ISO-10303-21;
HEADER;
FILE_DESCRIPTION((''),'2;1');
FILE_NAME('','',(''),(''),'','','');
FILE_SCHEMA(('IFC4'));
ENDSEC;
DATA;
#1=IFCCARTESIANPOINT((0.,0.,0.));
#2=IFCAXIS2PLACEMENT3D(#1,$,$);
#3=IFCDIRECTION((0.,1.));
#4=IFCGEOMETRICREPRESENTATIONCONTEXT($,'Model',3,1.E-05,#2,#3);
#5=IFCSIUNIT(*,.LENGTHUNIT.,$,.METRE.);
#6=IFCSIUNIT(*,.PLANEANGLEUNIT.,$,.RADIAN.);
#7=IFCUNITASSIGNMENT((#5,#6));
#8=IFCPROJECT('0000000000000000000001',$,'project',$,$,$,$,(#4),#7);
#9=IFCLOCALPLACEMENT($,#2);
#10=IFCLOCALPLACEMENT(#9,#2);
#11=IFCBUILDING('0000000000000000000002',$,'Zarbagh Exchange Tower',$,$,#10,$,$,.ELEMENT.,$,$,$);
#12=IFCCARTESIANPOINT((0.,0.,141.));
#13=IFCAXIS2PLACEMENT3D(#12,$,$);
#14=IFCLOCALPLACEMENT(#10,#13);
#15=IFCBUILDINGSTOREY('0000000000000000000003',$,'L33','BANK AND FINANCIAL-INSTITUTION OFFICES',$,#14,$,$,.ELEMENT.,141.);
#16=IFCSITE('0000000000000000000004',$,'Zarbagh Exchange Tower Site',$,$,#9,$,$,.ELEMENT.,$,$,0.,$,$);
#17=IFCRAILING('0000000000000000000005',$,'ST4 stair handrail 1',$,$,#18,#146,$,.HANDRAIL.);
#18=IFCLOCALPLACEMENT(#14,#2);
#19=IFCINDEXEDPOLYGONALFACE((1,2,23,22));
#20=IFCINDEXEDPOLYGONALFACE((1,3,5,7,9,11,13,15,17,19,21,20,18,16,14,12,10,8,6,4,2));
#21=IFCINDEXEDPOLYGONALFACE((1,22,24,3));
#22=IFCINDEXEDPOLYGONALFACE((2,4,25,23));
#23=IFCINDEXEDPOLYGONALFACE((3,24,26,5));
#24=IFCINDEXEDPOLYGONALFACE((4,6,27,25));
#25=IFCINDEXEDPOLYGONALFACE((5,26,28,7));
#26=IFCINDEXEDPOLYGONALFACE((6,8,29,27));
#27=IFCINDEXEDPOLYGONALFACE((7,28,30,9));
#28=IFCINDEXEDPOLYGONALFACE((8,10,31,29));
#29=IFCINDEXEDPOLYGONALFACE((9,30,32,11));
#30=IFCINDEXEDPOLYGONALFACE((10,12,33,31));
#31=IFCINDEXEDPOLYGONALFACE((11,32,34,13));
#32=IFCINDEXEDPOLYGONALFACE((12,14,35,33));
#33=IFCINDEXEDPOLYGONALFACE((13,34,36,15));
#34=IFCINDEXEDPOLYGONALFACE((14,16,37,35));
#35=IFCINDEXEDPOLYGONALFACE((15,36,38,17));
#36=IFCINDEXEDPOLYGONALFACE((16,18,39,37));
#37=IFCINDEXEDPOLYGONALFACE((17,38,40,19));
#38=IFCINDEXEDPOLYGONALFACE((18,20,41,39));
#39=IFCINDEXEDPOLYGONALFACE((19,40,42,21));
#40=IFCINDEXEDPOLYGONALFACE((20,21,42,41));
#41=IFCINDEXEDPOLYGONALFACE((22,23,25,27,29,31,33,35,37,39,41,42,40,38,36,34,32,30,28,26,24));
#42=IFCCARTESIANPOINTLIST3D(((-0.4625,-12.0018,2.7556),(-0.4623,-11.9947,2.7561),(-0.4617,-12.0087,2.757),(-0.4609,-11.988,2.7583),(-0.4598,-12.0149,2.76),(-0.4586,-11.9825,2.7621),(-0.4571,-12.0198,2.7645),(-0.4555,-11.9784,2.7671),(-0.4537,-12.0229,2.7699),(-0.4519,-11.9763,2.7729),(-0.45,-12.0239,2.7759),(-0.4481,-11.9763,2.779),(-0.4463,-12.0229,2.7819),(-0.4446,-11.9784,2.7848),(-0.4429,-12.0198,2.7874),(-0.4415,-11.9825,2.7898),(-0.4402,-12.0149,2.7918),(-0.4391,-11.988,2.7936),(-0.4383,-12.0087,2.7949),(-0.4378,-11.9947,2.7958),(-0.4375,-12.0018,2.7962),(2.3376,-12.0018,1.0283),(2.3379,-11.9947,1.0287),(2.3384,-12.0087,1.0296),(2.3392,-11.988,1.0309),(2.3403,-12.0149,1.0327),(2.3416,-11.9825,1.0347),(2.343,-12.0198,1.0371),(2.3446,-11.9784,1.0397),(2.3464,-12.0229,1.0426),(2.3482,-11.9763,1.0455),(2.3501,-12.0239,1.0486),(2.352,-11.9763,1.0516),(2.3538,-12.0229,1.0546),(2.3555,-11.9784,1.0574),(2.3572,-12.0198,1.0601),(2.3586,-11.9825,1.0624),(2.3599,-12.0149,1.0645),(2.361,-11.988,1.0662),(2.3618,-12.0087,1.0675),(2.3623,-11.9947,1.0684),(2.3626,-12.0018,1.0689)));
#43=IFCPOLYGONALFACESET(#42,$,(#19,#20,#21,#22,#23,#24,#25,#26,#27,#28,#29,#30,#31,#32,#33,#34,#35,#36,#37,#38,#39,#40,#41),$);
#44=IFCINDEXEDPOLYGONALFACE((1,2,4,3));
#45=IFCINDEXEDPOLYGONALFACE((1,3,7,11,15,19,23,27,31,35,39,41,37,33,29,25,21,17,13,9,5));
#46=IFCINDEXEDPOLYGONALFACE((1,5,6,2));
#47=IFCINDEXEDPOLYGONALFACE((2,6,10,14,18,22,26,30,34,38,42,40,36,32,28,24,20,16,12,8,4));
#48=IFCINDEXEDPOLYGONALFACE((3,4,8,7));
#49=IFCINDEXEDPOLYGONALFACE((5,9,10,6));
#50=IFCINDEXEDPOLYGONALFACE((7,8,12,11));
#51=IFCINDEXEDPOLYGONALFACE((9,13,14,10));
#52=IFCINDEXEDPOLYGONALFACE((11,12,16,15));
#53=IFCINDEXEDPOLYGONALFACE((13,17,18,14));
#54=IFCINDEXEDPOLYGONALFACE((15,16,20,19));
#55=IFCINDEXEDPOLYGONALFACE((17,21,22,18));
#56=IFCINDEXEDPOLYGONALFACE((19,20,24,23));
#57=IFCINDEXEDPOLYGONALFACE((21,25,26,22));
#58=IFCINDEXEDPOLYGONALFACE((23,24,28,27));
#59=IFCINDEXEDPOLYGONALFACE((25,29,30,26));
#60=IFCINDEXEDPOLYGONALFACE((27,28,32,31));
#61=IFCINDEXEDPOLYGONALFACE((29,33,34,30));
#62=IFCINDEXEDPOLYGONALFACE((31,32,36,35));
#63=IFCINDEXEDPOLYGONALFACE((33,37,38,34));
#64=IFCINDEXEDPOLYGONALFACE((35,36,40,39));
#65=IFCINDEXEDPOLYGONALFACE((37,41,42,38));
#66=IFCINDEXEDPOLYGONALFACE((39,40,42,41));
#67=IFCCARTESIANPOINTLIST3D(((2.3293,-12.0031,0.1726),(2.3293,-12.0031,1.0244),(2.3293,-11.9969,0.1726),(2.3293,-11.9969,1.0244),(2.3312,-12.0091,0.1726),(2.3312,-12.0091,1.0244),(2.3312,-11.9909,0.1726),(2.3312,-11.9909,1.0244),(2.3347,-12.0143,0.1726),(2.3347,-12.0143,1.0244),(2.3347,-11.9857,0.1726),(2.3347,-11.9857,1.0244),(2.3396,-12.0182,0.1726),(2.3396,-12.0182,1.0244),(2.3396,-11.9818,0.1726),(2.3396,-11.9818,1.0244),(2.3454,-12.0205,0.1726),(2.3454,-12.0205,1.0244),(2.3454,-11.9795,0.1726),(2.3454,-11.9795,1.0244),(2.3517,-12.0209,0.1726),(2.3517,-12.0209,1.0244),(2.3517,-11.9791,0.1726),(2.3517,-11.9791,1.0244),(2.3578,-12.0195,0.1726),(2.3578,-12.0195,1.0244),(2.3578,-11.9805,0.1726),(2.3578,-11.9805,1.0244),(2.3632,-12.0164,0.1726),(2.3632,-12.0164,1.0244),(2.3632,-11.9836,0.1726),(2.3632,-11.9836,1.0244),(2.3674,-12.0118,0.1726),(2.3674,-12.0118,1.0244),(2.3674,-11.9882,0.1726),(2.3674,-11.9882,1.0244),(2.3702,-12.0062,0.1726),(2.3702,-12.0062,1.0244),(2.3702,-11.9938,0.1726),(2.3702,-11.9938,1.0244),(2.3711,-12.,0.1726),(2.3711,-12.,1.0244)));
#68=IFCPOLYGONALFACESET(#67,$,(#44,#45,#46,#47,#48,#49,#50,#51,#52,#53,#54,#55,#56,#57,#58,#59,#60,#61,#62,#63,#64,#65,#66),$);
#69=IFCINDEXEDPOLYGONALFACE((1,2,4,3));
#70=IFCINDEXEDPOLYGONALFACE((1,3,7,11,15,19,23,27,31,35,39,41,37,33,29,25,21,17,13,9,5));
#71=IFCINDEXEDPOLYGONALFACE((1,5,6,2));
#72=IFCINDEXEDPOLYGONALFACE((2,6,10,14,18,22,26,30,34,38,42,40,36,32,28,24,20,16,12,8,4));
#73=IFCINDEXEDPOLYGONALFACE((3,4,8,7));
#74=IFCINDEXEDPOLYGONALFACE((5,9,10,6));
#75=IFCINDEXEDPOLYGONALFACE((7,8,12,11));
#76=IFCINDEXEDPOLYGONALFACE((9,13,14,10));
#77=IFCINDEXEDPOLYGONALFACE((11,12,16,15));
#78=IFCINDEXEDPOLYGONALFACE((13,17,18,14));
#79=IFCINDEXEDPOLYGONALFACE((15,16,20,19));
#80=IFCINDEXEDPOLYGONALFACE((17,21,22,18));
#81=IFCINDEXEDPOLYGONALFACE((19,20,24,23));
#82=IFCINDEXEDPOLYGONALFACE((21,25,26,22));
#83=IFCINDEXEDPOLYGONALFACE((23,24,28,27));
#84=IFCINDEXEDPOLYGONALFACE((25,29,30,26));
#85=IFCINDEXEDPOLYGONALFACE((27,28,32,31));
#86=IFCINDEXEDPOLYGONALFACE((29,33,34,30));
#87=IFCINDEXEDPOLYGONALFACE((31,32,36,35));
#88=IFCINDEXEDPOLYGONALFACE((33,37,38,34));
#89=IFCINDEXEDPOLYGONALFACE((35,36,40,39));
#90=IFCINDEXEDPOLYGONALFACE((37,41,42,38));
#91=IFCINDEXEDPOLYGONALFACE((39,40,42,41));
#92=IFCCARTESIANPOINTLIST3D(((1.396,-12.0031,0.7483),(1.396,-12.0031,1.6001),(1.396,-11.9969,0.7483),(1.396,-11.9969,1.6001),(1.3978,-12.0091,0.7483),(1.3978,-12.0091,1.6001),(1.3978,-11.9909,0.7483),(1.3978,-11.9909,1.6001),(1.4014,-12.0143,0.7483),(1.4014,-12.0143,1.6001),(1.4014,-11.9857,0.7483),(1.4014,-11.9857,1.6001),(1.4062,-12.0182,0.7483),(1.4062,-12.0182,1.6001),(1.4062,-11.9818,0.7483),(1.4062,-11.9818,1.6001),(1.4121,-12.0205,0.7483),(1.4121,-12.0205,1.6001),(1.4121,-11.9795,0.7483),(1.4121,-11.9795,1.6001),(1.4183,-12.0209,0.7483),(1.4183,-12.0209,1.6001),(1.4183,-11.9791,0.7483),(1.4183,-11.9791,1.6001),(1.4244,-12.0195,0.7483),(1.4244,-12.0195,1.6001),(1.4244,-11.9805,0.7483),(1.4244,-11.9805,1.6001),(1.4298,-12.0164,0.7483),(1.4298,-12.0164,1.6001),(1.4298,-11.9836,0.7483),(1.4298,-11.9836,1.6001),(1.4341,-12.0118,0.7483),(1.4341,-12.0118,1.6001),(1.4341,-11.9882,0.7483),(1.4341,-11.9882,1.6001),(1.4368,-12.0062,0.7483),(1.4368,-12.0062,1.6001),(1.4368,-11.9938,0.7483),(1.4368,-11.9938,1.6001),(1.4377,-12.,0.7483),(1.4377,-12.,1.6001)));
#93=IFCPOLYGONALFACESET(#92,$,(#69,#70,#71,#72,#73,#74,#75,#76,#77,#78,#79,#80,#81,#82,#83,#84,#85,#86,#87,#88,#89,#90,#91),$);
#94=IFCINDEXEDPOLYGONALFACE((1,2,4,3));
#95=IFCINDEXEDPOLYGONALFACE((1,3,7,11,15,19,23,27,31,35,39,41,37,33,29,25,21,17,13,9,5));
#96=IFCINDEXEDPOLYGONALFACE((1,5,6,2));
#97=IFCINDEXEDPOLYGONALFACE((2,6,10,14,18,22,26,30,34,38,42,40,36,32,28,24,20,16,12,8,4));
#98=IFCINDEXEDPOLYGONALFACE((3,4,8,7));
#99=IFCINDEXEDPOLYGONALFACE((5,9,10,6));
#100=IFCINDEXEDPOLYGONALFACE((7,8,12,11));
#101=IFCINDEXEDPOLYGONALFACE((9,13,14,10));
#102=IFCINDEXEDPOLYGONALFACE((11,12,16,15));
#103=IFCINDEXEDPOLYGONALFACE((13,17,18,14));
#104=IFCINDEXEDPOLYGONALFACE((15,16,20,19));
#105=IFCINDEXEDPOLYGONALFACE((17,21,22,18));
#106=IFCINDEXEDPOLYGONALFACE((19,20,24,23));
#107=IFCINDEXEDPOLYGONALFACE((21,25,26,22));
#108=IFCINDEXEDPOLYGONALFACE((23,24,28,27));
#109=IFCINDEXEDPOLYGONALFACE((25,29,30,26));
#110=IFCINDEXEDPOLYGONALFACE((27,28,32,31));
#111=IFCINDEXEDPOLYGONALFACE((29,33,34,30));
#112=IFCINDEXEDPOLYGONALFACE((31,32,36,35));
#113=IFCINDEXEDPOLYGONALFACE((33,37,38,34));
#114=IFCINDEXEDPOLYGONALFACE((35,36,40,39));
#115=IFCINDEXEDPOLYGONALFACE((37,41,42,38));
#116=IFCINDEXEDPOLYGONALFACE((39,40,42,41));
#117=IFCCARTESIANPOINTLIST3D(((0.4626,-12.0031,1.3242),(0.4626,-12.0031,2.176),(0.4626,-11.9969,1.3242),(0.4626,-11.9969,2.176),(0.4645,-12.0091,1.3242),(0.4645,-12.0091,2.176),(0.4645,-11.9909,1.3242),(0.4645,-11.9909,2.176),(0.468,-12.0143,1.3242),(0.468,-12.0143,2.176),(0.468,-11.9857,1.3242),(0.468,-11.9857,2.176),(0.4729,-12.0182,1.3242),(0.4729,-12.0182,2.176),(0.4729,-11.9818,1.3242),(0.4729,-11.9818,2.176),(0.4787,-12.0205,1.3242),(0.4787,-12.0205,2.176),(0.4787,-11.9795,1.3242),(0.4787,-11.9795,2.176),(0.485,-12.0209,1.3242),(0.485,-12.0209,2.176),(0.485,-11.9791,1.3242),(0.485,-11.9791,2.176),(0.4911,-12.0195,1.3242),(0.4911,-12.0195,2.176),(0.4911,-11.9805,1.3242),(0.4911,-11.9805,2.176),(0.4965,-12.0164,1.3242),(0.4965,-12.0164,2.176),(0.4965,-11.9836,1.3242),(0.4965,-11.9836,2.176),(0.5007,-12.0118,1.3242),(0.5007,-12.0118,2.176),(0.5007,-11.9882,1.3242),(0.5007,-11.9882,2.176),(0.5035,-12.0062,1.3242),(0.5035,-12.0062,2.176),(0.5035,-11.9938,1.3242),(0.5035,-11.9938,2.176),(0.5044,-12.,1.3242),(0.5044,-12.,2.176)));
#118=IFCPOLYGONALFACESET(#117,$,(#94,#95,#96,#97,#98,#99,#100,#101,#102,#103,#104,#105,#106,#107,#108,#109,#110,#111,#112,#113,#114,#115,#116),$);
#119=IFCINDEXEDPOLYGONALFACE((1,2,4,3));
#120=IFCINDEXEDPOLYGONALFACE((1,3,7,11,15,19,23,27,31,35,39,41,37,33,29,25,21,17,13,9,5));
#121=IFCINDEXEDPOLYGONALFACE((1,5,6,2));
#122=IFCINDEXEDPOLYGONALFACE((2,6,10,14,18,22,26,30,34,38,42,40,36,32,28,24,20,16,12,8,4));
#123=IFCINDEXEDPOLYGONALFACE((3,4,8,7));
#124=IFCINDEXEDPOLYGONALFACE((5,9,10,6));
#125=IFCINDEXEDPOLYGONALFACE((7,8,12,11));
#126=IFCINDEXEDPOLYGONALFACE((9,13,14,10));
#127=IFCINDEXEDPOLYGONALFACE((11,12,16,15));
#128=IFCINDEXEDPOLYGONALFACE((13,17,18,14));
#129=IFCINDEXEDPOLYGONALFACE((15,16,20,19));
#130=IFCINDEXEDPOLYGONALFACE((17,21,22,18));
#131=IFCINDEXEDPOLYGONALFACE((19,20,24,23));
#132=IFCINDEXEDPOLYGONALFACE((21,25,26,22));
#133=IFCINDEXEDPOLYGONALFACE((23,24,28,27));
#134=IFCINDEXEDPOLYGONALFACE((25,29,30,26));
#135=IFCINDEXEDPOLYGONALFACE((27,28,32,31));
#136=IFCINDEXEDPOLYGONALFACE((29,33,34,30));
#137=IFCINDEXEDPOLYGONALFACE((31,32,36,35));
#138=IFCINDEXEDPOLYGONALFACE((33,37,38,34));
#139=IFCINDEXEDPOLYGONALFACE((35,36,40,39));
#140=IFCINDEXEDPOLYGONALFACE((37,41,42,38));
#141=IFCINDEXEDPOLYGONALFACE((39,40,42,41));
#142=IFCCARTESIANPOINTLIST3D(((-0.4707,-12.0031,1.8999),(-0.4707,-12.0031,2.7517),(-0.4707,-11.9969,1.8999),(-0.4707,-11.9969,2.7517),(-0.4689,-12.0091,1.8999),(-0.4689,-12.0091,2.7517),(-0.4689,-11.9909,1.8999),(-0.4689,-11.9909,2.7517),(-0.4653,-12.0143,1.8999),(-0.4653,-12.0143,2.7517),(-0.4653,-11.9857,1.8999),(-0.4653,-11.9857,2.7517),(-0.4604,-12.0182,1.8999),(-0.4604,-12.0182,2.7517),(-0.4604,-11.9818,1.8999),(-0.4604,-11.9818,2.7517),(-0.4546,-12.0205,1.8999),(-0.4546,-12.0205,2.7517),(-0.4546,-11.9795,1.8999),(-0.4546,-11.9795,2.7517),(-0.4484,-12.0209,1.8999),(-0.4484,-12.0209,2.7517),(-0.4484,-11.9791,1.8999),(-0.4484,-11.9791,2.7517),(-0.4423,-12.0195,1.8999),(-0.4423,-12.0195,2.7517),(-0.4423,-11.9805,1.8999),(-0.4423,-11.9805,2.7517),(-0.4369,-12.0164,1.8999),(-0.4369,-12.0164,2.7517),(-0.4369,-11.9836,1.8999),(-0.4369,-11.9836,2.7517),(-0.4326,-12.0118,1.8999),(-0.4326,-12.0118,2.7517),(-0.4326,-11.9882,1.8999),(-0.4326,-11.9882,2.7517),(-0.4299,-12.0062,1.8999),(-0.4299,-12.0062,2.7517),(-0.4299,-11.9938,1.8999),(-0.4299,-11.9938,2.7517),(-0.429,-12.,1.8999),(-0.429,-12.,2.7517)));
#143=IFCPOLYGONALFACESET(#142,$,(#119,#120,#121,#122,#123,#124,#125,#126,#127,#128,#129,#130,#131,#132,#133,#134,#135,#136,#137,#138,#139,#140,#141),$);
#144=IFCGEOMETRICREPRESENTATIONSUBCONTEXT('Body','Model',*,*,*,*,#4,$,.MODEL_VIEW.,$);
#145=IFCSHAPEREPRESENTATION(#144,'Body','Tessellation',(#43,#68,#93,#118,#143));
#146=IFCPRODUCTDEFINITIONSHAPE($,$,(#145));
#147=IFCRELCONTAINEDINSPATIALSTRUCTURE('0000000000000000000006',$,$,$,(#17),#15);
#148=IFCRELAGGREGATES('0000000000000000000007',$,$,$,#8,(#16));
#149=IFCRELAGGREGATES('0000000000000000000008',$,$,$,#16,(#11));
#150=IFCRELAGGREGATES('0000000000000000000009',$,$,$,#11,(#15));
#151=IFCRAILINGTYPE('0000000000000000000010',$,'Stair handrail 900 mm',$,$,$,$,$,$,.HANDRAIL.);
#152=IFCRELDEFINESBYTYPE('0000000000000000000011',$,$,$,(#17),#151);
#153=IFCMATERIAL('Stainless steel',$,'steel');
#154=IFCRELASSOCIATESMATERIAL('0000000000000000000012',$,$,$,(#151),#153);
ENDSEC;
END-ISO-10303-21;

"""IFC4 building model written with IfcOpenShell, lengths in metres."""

from ifc_helpers import new_model, si_unit, direction, frame, origin, origin_2d, place, context, subcontext, project, spatial, circle, extrude, material, type_object, element, save


model = new_model("IFC4")

# Units and contexts
model_context = context("Model", 3, precision=1e-05, world=origin(), true_north=direction((0.0, 1.0)))
body_context = subcontext(model_context, "Body", "Model", "MODEL_VIEW")
ifc_project = project(units=[si_unit("LENGTHUNIT", "METRE"), si_unit("PLANEANGLEUNIT", "RADIAN")], contexts=[model_context])

# Site, building, storey
site_placement = place(None, origin())
site = spatial("IfcSite", under=ifc_project, at=site_placement, Name="Zarbagh Exchange Tower Site", CompositionType="ELEMENT", RefElevation=0.0)
building_placement = place(site_placement, origin())
building = spatial("IfcBuilding", under=site, at=building_placement, Name="Zarbagh Exchange Tower", CompositionType="ELEMENT")
storey_placement = place(building_placement, frame((0.0, 0.0, 141.0)))
storey = spatial("IfcBuildingStorey", under=building, at=storey_placement, Name="L33", Description="BANK AND FINANCIAL-INSTITUTION OFFICES", CompositionType="ELEMENT", Elevation=141.0)

# Shared definitions
ifc_material_1 = material(Name="Stainless steel", Category="steel")

# Railing
railing_type_1 = type_object("IfcRailingType", Name="Stair handrail 900 mm", PredefinedType="HANDRAIL", material=ifc_material_1)
for number, where, name in (
    (1, (2.3501, -12.0, 0.1726), "ST4 stair handrail 1"),
):
    element("IfcRailing", number, at=place(storey_placement, frame(where)), inside=storey, type_object=railing_type_1, Name=name, PredefinedType="HANDRAIL", context=body_context, shape_type="SweptSolid", body=[
        extrude(circle(Radius=0.0239, at=origin_2d()), frame((0.0, 0.0, 0.876), z_axis=(-0.85109, 0.0, 0.52502), x_axis=(0.0, -1.0, 0.0)), (0.0, 0.0, 1.0), 3.29),
        extrude(circle(Radius=0.021, at=origin_2d()), origin(), (0.0, 0.0, 1.0), 0.8518),
        extrude(circle(Radius=0.021, at=origin_2d()), frame((-0.9333, 0.0, 0.5757)), (0.0, 0.0, 1.0), 0.8518),
        extrude(circle(Radius=0.021, at=origin_2d()), frame((-1.8667, 0.0, 1.1516)), (0.0, 0.0, 1.0), 0.8518),
        extrude(circle(Radius=0.021, at=origin_2d()), frame((-2.8, 0.0, 1.7273)), (0.0, 0.0, 1.0), 0.8518),
    ])

save(model, "model.ifc")
